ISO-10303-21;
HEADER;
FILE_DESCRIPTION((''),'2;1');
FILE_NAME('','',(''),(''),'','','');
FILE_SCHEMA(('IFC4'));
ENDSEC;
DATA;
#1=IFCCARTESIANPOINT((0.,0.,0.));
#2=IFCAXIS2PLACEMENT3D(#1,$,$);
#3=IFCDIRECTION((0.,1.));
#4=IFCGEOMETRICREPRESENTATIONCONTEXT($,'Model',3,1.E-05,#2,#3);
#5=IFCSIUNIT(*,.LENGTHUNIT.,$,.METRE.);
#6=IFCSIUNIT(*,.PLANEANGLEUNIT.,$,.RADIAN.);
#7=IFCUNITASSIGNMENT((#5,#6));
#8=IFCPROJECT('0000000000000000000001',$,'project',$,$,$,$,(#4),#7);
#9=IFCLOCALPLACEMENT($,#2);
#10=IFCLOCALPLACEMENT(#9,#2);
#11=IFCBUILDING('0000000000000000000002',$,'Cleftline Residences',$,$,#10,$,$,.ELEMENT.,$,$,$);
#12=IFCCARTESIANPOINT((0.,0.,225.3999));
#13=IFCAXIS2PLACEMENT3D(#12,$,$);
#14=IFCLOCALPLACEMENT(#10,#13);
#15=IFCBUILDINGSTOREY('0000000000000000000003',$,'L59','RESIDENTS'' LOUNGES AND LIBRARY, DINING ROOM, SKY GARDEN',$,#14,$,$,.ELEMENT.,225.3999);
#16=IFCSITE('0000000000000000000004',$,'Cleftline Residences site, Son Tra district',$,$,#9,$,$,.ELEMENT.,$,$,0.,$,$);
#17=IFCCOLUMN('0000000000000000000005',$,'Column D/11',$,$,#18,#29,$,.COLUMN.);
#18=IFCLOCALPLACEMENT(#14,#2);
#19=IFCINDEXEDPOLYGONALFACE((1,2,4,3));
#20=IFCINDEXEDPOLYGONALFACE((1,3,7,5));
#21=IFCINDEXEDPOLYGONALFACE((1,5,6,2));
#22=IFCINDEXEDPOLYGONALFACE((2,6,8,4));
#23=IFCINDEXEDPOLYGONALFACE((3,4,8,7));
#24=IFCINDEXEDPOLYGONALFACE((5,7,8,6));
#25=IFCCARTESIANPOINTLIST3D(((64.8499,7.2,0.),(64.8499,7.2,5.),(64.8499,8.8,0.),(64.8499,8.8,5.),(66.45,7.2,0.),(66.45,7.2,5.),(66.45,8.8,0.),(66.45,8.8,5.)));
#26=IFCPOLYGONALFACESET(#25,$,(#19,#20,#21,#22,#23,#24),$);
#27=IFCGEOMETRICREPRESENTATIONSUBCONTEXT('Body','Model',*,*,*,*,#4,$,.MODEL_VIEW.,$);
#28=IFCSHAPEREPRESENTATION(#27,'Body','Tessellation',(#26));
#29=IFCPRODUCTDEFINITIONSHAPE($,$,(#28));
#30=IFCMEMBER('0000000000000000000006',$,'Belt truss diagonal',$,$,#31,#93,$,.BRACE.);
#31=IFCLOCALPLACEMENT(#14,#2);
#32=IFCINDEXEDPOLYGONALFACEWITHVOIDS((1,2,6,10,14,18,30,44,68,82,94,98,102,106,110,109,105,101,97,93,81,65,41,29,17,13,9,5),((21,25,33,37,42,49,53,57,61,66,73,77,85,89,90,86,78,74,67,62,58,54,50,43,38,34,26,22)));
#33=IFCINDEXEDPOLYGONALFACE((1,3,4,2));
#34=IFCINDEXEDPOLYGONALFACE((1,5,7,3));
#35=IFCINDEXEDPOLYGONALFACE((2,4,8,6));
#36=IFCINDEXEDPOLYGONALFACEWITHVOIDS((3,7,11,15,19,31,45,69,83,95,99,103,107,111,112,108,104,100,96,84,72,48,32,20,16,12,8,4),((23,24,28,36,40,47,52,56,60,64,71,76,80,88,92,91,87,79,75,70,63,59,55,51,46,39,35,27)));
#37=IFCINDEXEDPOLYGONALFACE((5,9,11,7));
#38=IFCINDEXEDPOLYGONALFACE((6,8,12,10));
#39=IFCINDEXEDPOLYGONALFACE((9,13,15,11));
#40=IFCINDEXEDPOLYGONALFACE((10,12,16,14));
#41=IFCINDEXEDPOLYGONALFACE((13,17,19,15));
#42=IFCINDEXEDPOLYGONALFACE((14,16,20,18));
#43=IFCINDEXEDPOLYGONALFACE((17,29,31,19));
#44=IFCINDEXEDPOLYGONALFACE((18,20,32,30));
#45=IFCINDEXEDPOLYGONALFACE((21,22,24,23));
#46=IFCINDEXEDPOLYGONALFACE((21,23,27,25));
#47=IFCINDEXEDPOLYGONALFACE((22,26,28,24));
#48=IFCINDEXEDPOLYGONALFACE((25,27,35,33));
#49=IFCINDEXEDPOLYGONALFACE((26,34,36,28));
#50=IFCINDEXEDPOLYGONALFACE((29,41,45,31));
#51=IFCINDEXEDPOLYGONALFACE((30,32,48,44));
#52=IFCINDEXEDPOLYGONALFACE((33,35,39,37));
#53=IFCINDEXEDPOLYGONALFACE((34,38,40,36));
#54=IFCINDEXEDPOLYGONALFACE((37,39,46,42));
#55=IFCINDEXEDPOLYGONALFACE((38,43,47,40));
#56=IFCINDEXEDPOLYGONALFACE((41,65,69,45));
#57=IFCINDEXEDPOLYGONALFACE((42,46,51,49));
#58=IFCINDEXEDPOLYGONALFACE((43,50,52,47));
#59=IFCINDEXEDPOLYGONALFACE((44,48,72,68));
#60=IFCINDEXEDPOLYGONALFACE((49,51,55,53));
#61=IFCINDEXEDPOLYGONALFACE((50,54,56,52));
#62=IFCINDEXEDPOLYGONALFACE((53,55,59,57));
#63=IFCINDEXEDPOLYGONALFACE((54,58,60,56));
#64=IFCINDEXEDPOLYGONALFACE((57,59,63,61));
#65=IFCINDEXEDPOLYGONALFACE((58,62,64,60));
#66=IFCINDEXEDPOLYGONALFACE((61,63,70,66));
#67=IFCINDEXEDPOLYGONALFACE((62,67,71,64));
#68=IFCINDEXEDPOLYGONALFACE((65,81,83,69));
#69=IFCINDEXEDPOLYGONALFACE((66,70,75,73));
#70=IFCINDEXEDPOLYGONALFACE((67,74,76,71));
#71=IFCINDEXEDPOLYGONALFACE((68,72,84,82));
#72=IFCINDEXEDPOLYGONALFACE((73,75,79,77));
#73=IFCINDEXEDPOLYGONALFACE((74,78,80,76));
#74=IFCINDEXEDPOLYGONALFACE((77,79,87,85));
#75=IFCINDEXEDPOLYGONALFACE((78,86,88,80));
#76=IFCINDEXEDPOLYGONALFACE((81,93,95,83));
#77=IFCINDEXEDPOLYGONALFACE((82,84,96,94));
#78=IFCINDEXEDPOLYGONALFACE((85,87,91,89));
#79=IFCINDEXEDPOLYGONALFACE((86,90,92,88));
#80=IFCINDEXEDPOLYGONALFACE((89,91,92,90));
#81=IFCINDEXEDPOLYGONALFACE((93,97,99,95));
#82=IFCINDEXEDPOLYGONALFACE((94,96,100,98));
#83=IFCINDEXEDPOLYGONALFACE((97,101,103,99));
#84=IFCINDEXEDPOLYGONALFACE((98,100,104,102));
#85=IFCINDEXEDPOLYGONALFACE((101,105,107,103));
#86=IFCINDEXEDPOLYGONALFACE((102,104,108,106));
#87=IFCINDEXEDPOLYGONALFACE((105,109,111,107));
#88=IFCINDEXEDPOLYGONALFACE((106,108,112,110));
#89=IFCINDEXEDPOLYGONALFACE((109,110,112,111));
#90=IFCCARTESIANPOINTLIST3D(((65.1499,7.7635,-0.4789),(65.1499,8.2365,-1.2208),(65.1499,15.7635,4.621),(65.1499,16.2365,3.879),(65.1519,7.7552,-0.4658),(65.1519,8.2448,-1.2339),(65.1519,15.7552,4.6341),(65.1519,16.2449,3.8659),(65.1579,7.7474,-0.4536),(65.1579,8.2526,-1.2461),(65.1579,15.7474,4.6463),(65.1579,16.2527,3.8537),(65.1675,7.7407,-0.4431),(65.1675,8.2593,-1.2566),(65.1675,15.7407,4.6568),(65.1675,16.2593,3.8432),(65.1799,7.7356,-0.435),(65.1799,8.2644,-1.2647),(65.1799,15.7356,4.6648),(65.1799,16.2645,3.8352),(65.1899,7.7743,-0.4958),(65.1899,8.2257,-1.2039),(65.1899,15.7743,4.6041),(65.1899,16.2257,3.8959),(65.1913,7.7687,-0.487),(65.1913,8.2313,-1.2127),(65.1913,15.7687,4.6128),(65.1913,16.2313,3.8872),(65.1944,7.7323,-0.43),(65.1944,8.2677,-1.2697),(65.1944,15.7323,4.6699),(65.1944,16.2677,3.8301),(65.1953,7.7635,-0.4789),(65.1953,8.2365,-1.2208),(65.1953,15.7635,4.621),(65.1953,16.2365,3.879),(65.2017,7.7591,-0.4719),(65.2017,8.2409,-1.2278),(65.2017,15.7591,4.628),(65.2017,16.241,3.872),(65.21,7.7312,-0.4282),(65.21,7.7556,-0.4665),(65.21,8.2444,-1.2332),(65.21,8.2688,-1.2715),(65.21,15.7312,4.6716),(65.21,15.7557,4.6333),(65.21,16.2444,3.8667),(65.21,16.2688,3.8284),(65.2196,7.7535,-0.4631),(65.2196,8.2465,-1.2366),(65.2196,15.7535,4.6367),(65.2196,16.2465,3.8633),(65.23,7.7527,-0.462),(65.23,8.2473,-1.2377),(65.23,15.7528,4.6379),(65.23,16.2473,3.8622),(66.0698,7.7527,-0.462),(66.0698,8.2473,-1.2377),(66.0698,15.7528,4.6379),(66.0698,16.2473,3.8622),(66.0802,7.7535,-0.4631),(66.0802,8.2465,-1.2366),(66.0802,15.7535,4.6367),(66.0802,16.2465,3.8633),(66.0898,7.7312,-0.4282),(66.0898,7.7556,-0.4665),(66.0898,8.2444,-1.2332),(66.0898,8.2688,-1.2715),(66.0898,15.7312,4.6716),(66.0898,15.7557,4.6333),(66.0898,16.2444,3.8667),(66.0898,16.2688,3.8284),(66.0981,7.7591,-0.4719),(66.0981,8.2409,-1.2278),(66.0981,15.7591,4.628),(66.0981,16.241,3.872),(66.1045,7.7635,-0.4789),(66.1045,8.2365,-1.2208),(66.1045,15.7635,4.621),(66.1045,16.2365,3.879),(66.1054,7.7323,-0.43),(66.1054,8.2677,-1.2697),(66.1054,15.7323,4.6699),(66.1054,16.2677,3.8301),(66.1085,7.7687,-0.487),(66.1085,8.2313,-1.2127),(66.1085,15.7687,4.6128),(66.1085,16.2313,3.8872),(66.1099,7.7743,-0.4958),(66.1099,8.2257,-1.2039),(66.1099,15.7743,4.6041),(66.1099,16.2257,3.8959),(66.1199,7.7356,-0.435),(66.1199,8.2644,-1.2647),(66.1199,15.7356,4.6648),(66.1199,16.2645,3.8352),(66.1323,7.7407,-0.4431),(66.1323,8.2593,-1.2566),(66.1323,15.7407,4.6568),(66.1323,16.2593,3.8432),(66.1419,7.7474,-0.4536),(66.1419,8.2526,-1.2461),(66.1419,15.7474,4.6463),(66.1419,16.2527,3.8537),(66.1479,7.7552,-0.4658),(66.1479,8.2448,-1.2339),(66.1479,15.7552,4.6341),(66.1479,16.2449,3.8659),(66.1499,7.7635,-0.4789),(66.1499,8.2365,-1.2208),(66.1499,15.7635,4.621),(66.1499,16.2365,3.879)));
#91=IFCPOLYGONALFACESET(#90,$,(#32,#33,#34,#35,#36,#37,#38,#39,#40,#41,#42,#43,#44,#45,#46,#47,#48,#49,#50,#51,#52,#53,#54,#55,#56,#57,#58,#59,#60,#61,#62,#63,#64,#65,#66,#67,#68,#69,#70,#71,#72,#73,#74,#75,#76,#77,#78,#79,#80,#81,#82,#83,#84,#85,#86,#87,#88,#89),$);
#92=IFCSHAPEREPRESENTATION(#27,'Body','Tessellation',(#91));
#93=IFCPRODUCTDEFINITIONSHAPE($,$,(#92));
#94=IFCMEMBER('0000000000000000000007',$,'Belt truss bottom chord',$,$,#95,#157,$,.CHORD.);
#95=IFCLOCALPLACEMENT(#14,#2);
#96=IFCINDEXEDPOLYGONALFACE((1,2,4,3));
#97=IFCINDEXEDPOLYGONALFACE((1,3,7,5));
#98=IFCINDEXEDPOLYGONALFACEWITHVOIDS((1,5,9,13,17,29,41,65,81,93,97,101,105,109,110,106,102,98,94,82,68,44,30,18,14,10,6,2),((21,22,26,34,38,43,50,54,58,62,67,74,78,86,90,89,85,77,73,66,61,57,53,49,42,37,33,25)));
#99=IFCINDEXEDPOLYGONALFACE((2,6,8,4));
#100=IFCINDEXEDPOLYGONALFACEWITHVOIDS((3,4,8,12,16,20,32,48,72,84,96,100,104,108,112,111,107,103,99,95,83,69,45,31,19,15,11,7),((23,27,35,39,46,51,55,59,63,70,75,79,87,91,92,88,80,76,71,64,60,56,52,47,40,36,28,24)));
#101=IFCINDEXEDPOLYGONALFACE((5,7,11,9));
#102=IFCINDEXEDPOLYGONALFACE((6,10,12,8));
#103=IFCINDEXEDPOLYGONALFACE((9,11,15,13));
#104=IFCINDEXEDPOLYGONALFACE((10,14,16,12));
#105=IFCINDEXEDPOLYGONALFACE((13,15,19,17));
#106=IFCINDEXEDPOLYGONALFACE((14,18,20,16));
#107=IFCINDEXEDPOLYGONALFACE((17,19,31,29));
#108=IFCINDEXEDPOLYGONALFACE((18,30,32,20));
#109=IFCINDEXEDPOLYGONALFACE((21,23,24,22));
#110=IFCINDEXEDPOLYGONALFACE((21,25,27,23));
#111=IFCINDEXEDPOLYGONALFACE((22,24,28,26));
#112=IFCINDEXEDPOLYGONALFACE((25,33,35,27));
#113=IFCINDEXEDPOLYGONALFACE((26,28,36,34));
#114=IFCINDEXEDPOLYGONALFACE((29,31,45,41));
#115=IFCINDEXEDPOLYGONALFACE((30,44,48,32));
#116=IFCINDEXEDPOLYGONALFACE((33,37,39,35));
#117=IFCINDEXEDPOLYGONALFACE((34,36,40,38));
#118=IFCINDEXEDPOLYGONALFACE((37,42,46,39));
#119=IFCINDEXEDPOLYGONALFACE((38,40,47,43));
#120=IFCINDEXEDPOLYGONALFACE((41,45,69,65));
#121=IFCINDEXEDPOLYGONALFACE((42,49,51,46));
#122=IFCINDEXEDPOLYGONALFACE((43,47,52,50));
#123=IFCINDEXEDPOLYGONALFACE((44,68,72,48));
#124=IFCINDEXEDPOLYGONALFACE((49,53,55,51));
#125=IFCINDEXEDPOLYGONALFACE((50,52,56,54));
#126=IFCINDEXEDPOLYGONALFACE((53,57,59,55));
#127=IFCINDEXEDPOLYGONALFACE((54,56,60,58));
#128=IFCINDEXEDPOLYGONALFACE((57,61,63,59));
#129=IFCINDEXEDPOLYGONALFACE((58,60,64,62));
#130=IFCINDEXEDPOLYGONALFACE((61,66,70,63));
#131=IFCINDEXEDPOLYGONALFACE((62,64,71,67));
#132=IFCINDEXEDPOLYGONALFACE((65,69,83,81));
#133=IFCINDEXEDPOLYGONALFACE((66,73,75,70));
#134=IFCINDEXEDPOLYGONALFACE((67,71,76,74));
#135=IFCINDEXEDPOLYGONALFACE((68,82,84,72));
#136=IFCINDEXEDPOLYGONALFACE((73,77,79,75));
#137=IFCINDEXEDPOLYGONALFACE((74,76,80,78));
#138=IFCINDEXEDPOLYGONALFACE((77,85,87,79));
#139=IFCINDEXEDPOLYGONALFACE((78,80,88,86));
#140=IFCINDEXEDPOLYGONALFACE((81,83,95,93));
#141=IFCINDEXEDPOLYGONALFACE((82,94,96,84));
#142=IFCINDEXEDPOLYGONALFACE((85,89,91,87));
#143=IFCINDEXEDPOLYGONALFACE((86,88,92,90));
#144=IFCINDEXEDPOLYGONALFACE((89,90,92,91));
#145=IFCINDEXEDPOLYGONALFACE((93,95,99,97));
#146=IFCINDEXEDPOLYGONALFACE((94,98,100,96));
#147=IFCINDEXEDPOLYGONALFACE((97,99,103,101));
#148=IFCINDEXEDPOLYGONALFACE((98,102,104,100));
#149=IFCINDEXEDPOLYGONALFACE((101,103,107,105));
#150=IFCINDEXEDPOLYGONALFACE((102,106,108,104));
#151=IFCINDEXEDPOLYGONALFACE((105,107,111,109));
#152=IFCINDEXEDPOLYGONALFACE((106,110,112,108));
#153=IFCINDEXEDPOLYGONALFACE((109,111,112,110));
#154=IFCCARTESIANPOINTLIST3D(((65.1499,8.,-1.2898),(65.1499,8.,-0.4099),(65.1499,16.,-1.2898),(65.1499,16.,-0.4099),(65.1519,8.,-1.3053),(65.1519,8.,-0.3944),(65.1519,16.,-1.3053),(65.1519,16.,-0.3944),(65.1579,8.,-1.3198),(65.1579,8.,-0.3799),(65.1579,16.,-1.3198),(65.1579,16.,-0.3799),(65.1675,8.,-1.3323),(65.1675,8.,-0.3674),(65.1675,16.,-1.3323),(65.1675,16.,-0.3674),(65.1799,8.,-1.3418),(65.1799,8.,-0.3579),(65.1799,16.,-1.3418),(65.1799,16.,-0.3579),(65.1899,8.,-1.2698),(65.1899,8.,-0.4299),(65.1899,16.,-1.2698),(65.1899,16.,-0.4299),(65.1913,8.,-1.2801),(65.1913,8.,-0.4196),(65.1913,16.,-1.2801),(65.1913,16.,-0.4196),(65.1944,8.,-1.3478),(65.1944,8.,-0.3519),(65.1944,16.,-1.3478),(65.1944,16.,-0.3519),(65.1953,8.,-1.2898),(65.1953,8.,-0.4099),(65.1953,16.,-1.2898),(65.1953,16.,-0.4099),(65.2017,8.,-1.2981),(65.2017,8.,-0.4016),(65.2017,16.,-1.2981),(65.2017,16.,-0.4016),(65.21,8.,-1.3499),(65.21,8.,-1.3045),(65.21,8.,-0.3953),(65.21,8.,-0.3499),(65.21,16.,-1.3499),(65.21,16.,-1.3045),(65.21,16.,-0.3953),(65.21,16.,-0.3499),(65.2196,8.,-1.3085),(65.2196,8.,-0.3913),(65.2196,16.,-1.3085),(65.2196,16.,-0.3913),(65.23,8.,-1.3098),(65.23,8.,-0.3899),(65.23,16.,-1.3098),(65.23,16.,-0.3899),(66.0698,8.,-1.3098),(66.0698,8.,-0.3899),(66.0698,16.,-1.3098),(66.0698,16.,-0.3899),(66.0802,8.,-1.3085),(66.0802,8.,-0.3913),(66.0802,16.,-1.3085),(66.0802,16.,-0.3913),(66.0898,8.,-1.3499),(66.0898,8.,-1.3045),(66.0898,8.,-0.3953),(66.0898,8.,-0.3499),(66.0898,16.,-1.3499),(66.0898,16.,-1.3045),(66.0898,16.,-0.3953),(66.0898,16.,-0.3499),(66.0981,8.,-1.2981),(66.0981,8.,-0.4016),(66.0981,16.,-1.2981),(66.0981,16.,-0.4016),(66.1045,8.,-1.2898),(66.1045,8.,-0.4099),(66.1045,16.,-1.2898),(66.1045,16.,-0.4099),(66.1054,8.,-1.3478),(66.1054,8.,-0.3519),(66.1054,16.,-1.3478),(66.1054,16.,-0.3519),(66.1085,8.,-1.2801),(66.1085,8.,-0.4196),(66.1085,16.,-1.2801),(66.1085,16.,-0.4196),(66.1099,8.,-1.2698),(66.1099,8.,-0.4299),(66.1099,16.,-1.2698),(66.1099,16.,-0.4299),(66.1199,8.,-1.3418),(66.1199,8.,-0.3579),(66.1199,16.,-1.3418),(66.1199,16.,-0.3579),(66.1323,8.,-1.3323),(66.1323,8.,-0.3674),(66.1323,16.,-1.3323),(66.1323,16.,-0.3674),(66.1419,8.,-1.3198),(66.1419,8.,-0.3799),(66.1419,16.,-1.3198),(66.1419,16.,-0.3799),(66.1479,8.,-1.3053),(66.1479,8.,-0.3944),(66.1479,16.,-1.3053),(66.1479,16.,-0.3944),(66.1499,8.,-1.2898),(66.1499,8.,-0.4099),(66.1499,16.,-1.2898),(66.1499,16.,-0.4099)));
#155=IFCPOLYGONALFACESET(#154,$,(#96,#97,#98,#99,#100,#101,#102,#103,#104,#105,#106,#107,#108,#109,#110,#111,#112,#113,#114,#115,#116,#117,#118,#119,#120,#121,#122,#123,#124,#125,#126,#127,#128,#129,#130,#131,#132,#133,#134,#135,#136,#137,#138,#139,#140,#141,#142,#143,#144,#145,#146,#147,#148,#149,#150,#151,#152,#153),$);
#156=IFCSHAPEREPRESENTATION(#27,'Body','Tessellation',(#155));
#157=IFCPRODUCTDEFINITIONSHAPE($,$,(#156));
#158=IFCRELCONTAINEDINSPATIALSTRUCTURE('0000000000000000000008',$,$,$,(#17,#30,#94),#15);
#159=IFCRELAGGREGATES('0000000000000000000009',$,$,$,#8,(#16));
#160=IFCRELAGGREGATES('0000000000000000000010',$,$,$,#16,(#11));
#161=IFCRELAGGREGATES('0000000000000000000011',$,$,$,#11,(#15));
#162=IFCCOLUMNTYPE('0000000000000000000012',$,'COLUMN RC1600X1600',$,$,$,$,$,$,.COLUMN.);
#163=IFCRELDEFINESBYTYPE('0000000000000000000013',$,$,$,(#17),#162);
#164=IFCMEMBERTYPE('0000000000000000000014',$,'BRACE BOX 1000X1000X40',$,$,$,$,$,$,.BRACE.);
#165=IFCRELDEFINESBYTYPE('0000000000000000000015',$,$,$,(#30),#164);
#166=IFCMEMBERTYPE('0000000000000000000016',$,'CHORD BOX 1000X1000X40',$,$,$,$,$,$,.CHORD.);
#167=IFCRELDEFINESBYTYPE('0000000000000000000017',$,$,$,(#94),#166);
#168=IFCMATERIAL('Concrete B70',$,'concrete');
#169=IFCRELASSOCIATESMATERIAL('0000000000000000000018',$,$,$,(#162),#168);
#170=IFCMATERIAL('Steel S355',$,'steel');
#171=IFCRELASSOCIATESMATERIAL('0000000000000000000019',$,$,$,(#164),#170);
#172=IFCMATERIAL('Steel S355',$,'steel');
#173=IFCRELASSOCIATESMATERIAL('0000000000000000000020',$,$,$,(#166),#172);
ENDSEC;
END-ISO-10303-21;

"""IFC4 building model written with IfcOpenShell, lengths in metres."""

from ifc_helpers import new_model, si_unit, direction, frame, origin, origin_2d, place, context, subcontext, project, spatial, rectangle, hollow_rectangle, extrude, material, material_profile, profile_set, type_object, element, save


model = new_model("IFC4")

# Units and contexts
model_context = context("Model", 3, precision=1e-05, world=origin(), true_north=direction((0.0, 1.0)))
body_context = subcontext(model_context, "Body", "Model", "MODEL_VIEW")
ifc_project = project(units=[si_unit("LENGTHUNIT", "METRE"), si_unit("PLANEANGLEUNIT", "RADIAN")], contexts=[model_context])

# Site, building, storey
site_placement = place(None, origin())
site = spatial("IfcSite", under=ifc_project, at=site_placement, Name="Cleftline Residences site, Son Tra district", CompositionType="ELEMENT", RefElevation=0.0)
building_placement = place(site_placement, origin())
building = spatial("IfcBuilding", under=site, at=building_placement, Name="Cleftline Residences", CompositionType="ELEMENT")
storey_placement = place(building_placement, frame((0.0, 0.0, 225.3999)))
storey = spatial("IfcBuildingStorey", under=building, at=storey_placement, Name="L59", Description="RESIDENTS' LOUNGES AND LIBRARY, DINING ROOM, SKY GARDEN", CompositionType="ELEMENT", Elevation=225.3999)

# Column
ifc_material_1 = material(Name="Concrete B70", Category="concrete")
ifc_material_profile_1 = material_profile(ifc_material_1, rectangle(XDim=1.6001, YDim=1.6001, at=origin_2d()))
ifc_profile_set_1 = profile_set([ifc_material_profile_1], Name="Concrete B70")
column_type = type_object("IfcColumnType", Name="COLUMN RC1600X1600", PredefinedType="COLUMN", material=ifc_profile_set_1)
column_placement = place(storey_placement, frame((65.6499, 8.0, 0.0), z_axis=(0.0, 0.0, 1.0), x_axis=(1.0, 0.0, 0.0)))
element("IfcColumn", 1, at=column_placement, inside=storey, type_object=column_type, Name="Column D/11", PredefinedType="COLUMN", context=body_context, shape_type="SweptSolid", body=[
    extrude(rectangle(XDim=1.6001, YDim=1.6001, at=origin_2d()), origin(), (0.0, 0.0, 1.0), 5.0),
])

# Members
ifc_material_2 = material(Name="Steel S355", Category="steel")
ifc_material_profile_2 = material_profile(ifc_material_2, hollow_rectangle(XDim=1.0, YDim=1.0, WallThickness=0.04, InnerFilletRadius=0.04, OuterFilletRadius=0.0601, at=origin_2d()))
ifc_profile_set_2 = profile_set([ifc_material_profile_2], Name="Steel S355")
member_type_1 = type_object("IfcMemberType", Name="BRACE BOX 1000X1000X40", PredefinedType="BRACE", material=ifc_profile_set_2)
member_1_placement = place(storey_placement, frame((65.6499, 8.0, -0.8499), z_axis=(0.0, 0.843234, 0.537546), x_axis=(0.0, -0.537546, 0.843234)))
element("IfcMember", 2, at=member_1_placement, inside=storey, type_object=member_type_1, Name="Belt truss diagonal", PredefinedType="BRACE", context=body_context, shape_type="SweptSolid", body=[
    extrude(hollow_rectangle(XDim=1.0, YDim=1.0, WallThickness=0.04, InnerFilletRadius=0.04, OuterFilletRadius=0.0601, at=origin_2d()), origin(), (0.0, 0.0, 1.0), 9.4873),
])
ifc_material_3 = material(Name="Steel S355", Category="steel")
ifc_material_profile_3 = material_profile(ifc_material_3, hollow_rectangle(XDim=1.0, YDim=1.0, WallThickness=0.04, InnerFilletRadius=0.04, OuterFilletRadius=0.0601, at=origin_2d()))
ifc_profile_set_3 = profile_set([ifc_material_profile_3], Name="Steel S355")
member_type_2 = type_object("IfcMemberType", Name="CHORD BOX 1000X1000X40", PredefinedType="CHORD", material=ifc_profile_set_3)
for number, where, z_axis, x_axis, name in (
    (3, (65.6499, 8.0, -0.8499), (0.0, 1.0, 0.0), (-1.0, 0.0, 0.0), "Belt truss bottom chord"),
):
    element("IfcMember", number, at=place(storey_placement, frame(where, z_axis=z_axis, x_axis=x_axis)), inside=storey, type_object=member_type_2, Name=name, PredefinedType="CHORD", context=body_context, shape_type="SweptSolid", body=[
        extrude(hollow_rectangle(XDim=1.0, YDim=1.0, WallThickness=0.04, InnerFilletRadius=0.04, OuterFilletRadius=0.0601, at=origin_2d()), origin(), (0.0, 0.0, 1.0), 8.0),
    ])

save(model, "model.ifc")
